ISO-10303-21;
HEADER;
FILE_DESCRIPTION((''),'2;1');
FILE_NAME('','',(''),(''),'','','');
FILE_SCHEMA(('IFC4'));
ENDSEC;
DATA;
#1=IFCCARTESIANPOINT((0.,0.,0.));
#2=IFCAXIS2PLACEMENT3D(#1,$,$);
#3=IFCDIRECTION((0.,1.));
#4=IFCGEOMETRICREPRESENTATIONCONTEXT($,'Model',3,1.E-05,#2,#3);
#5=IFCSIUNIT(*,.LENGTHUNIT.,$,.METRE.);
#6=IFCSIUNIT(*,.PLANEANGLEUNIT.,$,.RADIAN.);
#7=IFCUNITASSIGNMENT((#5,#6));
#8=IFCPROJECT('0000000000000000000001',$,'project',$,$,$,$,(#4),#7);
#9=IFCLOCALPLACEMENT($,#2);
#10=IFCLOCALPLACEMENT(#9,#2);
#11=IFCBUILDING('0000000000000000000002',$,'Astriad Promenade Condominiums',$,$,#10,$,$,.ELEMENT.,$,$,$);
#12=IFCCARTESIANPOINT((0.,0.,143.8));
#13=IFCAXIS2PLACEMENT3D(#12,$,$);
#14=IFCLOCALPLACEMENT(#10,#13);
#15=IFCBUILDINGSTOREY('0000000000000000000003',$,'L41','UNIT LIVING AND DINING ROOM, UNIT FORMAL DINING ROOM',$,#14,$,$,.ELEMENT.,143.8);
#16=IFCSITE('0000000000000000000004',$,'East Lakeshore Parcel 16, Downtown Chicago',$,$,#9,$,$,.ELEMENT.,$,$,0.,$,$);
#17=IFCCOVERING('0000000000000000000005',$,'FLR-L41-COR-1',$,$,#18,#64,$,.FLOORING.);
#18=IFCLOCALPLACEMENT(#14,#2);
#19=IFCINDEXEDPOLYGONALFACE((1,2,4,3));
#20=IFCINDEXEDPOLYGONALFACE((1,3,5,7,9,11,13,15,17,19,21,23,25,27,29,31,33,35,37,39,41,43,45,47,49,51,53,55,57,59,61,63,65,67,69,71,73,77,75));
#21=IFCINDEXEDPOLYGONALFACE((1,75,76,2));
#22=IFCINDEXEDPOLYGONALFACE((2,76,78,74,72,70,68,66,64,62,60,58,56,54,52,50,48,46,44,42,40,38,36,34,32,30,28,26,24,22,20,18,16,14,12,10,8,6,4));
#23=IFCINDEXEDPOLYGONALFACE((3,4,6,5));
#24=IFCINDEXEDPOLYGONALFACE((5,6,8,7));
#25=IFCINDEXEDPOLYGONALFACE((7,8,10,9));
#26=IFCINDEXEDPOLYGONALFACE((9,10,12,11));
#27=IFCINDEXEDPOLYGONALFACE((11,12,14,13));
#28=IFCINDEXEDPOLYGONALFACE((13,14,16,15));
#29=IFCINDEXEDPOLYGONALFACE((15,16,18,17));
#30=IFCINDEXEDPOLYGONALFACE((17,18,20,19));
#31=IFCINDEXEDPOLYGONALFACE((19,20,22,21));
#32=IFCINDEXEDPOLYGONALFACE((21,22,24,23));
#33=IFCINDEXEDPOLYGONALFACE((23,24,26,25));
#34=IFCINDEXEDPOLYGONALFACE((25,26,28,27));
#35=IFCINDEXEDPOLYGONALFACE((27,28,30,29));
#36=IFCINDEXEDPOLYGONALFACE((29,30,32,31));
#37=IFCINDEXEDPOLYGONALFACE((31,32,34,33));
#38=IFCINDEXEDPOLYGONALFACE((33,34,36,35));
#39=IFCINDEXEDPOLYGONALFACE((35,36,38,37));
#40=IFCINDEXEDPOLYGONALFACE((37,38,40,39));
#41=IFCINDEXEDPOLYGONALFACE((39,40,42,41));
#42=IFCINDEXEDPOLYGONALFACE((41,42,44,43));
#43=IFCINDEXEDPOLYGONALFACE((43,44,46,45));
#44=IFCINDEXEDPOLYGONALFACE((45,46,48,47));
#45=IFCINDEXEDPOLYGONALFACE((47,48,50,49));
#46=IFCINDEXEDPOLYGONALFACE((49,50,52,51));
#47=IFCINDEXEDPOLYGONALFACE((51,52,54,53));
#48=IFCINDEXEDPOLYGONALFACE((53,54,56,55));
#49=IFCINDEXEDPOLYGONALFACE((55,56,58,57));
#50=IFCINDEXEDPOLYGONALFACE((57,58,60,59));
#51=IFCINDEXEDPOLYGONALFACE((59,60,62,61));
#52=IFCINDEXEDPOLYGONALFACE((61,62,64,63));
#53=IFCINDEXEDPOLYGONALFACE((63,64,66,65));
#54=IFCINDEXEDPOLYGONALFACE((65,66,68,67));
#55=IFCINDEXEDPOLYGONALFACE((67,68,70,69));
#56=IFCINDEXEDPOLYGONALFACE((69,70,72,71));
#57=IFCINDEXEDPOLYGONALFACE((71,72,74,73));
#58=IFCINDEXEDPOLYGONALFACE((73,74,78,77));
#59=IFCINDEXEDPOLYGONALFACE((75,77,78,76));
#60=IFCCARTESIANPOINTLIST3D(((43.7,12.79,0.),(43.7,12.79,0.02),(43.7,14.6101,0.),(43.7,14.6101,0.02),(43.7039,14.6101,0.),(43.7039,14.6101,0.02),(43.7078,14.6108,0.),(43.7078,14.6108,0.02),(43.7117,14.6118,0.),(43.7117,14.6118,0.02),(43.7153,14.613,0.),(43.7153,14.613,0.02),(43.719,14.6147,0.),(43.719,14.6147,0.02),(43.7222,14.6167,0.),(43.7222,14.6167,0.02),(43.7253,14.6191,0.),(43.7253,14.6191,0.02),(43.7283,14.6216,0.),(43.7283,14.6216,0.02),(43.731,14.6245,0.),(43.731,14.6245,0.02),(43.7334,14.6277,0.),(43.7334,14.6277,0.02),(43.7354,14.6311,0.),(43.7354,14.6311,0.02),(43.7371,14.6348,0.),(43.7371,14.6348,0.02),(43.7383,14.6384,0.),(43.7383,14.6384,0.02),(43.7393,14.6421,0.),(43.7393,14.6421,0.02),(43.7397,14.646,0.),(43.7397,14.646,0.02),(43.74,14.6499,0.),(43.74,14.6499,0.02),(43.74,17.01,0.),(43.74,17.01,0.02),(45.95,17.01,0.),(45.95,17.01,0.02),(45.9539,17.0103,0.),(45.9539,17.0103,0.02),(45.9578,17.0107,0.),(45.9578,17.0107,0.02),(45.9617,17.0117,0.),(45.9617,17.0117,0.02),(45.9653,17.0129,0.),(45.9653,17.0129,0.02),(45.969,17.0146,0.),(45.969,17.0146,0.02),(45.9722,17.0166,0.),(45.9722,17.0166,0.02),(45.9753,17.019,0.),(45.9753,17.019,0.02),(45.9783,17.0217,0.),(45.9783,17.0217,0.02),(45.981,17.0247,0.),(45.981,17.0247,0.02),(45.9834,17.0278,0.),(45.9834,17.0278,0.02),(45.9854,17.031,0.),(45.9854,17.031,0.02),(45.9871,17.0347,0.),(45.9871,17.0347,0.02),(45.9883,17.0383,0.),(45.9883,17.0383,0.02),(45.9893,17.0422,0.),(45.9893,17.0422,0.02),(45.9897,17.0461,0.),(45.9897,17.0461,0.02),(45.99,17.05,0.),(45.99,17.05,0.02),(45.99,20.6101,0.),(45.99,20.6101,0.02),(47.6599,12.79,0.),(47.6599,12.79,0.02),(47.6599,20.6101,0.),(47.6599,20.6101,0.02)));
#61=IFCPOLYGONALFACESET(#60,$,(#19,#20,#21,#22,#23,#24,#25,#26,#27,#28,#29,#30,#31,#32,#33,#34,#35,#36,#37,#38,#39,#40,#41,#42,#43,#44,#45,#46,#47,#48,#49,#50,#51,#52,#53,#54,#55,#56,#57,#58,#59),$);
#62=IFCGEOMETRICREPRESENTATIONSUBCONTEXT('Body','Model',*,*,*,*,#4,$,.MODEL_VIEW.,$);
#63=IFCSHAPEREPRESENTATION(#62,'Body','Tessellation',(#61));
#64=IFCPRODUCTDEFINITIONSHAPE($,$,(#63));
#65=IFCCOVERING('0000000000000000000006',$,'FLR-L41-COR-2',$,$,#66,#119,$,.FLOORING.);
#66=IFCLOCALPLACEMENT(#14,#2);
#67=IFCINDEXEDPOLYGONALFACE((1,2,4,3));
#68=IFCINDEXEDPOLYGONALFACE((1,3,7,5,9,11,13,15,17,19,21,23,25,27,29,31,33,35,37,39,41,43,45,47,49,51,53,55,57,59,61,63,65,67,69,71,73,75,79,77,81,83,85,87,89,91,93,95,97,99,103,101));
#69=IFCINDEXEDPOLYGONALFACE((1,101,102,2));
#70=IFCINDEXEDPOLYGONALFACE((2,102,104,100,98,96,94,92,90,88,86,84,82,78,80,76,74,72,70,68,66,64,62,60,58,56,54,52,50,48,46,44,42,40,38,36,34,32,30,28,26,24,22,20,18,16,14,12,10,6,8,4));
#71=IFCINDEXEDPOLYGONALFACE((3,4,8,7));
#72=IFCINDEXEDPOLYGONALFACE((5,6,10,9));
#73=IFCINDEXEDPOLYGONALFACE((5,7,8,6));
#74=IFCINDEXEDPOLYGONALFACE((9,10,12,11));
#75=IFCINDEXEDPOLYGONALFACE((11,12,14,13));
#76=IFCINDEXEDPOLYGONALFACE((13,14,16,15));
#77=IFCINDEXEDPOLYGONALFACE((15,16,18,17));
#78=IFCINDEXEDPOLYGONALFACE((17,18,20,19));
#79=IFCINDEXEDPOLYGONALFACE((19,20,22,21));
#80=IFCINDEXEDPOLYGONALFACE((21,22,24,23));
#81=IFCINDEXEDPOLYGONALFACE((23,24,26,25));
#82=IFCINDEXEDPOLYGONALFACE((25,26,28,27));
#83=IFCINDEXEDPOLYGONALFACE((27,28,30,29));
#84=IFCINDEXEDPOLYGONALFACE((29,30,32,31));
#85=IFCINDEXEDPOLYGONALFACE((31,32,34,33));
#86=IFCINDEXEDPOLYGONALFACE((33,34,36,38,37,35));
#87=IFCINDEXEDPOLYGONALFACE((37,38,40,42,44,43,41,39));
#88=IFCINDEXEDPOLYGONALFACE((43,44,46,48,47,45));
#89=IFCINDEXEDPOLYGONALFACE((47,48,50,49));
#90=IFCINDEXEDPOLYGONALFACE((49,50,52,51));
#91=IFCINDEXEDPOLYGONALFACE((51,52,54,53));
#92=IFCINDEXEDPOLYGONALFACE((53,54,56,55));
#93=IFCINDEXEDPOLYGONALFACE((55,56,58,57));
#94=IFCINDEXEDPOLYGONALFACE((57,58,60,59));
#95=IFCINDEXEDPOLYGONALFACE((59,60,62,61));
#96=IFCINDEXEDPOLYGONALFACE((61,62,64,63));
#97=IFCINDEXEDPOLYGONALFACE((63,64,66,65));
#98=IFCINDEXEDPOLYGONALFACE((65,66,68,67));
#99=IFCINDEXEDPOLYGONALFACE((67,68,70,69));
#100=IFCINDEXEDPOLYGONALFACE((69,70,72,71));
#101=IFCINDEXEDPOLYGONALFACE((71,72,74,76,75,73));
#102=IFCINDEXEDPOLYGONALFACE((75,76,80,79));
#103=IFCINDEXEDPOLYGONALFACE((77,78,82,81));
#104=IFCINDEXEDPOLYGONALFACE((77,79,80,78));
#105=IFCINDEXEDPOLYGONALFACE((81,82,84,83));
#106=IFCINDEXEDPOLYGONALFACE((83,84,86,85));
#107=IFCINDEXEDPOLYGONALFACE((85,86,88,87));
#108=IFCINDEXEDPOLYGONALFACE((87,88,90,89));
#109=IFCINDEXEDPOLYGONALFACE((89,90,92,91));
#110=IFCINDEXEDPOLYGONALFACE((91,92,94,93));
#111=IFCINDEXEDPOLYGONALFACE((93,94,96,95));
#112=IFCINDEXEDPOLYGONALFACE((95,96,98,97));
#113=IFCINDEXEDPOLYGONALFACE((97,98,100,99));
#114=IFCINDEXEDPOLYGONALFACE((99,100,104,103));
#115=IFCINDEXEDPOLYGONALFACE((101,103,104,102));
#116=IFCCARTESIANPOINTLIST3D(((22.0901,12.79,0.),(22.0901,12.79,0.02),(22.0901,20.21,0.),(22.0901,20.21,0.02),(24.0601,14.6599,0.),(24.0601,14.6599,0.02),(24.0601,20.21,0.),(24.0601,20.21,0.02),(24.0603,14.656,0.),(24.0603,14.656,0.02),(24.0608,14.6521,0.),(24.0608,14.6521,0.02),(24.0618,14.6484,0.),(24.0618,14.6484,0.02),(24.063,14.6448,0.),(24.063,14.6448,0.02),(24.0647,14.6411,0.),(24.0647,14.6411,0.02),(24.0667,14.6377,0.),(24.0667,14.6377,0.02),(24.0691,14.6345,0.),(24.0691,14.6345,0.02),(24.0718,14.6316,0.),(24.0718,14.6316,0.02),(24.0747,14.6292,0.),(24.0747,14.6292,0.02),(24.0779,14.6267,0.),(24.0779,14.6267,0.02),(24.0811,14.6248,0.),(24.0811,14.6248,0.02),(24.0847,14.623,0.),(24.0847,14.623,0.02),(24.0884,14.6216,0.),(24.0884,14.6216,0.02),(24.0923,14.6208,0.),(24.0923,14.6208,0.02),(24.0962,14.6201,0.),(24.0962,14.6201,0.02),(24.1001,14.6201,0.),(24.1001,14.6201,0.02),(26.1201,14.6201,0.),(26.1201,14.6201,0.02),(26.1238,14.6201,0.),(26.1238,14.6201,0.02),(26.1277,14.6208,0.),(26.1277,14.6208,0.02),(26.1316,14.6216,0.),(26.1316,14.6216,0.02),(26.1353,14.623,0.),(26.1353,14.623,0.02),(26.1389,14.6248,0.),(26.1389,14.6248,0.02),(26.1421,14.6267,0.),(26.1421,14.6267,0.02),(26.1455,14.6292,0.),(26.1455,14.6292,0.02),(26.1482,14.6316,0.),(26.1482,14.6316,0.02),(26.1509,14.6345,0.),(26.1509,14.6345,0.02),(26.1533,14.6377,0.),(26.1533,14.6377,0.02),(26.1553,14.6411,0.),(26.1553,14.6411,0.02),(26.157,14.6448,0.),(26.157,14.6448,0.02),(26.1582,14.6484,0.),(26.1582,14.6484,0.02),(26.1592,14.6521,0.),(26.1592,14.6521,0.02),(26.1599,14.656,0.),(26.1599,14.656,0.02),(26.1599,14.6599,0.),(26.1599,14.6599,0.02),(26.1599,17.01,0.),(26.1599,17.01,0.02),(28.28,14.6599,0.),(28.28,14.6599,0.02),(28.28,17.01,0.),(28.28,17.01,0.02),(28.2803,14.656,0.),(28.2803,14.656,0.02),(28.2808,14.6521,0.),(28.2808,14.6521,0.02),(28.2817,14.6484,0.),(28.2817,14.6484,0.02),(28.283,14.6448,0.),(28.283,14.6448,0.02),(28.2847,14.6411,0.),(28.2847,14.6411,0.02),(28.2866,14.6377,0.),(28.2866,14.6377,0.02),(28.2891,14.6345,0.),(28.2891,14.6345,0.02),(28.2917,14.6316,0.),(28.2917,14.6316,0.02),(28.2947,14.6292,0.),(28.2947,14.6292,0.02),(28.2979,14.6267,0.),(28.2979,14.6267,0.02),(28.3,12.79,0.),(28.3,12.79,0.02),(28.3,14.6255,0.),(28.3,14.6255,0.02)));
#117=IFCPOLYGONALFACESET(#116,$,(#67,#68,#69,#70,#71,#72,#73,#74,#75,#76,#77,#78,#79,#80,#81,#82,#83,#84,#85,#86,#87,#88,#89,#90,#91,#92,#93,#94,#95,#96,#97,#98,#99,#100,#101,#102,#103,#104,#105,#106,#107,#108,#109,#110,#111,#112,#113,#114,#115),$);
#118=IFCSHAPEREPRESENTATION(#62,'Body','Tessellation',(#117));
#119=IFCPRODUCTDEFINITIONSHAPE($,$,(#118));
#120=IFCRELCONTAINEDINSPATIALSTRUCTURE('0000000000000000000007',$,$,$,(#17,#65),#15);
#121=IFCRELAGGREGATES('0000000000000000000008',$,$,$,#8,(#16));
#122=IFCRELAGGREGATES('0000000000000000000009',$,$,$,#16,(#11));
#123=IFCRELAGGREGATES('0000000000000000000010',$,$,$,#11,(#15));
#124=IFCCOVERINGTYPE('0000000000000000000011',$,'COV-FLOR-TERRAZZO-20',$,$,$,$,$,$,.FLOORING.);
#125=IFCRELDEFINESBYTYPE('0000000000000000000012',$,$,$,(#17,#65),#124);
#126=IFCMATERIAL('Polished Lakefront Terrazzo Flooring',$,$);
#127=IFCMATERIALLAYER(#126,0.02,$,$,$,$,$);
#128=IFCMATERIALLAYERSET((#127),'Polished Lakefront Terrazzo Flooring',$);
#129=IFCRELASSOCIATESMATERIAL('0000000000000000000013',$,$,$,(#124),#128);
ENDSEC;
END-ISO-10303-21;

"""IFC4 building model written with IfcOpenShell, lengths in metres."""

from ifc_helpers import new_model, si_unit, direction, frame, origin, place, context, subcontext, project, spatial, polyline, outline, extrude, material, layer, layer_set, type_object, element, save


model = new_model("IFC4")

# Units and contexts
model_context = context("Model", 3, precision=1e-05, world=origin(), true_north=direction((0.0, 1.0)))
body_context = subcontext(model_context, "Body", "Model", "MODEL_VIEW")
ifc_project = project(units=[si_unit("LENGTHUNIT", "METRE"), si_unit("PLANEANGLEUNIT", "RADIAN")], contexts=[model_context])

# Site, building, storey
site_placement = place(None, origin())
site = spatial("IfcSite", under=ifc_project, at=site_placement, Name="East Lakeshore Parcel 16, Downtown Chicago", CompositionType="ELEMENT", RefElevation=0.0)
building_placement = place(site_placement, origin())
building = spatial("IfcBuilding", under=site, at=building_placement, Name="Astriad Promenade Condominiums", CompositionType="ELEMENT")
storey_placement = place(building_placement, frame((0.0, 0.0, 143.8)))
storey = spatial("IfcBuildingStorey", under=building, at=storey_placement, Name="L41", Description="UNIT LIVING AND DINING ROOM, UNIT FORMAL DINING ROOM", CompositionType="ELEMENT", Elevation=143.8)

# Coverings
ifc_material_1 = material(Name="Polished Lakefront Terrazzo Flooring")
ifc_layer_1 = layer(ifc_material_1, 0.02)
ifc_layer_set_1 = layer_set([ifc_layer_1], Name="Polished Lakefront Terrazzo Flooring")
covering_type = type_object("IfcCoveringType", Name="COV-FLOR-TERRAZZO-20", PredefinedType="FLOORING", material=ifc_layer_set_1)
covering_1_placement = place(storey_placement, origin())
element("IfcCovering", 1, at=covering_1_placement, inside=storey, type_object=covering_type, Name="FLR-L41-COR-1", PredefinedType="FLOORING", context=body_context, shape_type="SweptSolid", body=[
    extrude(outline(polyline([(43.7, 12.79), (43.7, 14.6101), (43.7039, 14.6101), (43.7078, 14.6108), (43.7117, 14.6118), (43.7153, 14.613), (43.719, 14.6147), (43.7222, 14.6167), (43.7253, 14.6191), (43.7283, 14.6216), (43.731, 14.6245), (43.7334, 14.6277), (43.7354, 14.6311), (43.7371, 14.6348), (43.7383, 14.6384), (43.7393, 14.6421), (43.7397, 14.646), (43.74, 14.6499), (43.74, 17.01), (45.95, 17.01), (45.9539, 17.0103), (45.9578, 17.0107), (45.9617, 17.0117), (45.9653, 17.0129), (45.969, 17.0146), (45.9722, 17.0166), (45.9753, 17.019), (45.9783, 17.0217), (45.981, 17.0247), (45.9834, 17.0278), (45.9854, 17.031), (45.9871, 17.0347), (45.9883, 17.0383), (45.9893, 17.0422), (45.9897, 17.0461), (45.99, 17.05), (45.99, 20.6101), (47.6599, 20.6101), (47.6599, 12.79), (43.7, 12.79)])), origin(), (0.0, 0.0, 1.0), 0.02),
])
covering_2_placement = place(storey_placement, origin())
element("IfcCovering", 2, at=covering_2_placement, inside=storey, type_object=covering_type, Name="FLR-L41-COR-2", PredefinedType="FLOORING", context=body_context, shape_type="SweptSolid", body=[
    extrude(outline(polyline([(28.3, 12.79), (22.0901, 12.79), (22.0901, 20.21), (24.0601, 20.21), (24.0601, 14.6599), (24.0603, 14.656), (24.0608, 14.6521), (24.0618, 14.6484), (24.063, 14.6448), (24.0647, 14.6411), (24.0667, 14.6377), (24.0691, 14.6345), (24.0718, 14.6316), (24.0747, 14.6292), (24.0779, 14.6267), (24.0811, 14.6248), (24.0847, 14.623), (24.0884, 14.6216), (24.0923, 14.6208), (24.0962, 14.6201), (24.1001, 14.6201), (26.1201, 14.6201), (26.1238, 14.6201), (26.1277, 14.6208), (26.1316, 14.6216), (26.1353, 14.623), (26.1389, 14.6248), (26.1421, 14.6267), (26.1455, 14.6292), (26.1482, 14.6316), (26.1509, 14.6345), (26.1533, 14.6377), (26.1553, 14.6411), (26.157, 14.6448), (26.1582, 14.6484), (26.1592, 14.6521), (26.1599, 14.656), (26.1599, 14.6599), (26.1599, 17.01), (28.28, 17.01), (28.28, 14.6599), (28.2803, 14.656), (28.2808, 14.6521), (28.2817, 14.6484), (28.283, 14.6448), (28.2847, 14.6411), (28.2866, 14.6377), (28.2891, 14.6345), (28.2917, 14.6316), (28.2947, 14.6292), (28.2979, 14.6267), (28.3, 14.6255), (28.3, 12.79)])), origin(), (0.0, 0.0, 1.0), 0.02),
])

save(model, "model.ifc")
